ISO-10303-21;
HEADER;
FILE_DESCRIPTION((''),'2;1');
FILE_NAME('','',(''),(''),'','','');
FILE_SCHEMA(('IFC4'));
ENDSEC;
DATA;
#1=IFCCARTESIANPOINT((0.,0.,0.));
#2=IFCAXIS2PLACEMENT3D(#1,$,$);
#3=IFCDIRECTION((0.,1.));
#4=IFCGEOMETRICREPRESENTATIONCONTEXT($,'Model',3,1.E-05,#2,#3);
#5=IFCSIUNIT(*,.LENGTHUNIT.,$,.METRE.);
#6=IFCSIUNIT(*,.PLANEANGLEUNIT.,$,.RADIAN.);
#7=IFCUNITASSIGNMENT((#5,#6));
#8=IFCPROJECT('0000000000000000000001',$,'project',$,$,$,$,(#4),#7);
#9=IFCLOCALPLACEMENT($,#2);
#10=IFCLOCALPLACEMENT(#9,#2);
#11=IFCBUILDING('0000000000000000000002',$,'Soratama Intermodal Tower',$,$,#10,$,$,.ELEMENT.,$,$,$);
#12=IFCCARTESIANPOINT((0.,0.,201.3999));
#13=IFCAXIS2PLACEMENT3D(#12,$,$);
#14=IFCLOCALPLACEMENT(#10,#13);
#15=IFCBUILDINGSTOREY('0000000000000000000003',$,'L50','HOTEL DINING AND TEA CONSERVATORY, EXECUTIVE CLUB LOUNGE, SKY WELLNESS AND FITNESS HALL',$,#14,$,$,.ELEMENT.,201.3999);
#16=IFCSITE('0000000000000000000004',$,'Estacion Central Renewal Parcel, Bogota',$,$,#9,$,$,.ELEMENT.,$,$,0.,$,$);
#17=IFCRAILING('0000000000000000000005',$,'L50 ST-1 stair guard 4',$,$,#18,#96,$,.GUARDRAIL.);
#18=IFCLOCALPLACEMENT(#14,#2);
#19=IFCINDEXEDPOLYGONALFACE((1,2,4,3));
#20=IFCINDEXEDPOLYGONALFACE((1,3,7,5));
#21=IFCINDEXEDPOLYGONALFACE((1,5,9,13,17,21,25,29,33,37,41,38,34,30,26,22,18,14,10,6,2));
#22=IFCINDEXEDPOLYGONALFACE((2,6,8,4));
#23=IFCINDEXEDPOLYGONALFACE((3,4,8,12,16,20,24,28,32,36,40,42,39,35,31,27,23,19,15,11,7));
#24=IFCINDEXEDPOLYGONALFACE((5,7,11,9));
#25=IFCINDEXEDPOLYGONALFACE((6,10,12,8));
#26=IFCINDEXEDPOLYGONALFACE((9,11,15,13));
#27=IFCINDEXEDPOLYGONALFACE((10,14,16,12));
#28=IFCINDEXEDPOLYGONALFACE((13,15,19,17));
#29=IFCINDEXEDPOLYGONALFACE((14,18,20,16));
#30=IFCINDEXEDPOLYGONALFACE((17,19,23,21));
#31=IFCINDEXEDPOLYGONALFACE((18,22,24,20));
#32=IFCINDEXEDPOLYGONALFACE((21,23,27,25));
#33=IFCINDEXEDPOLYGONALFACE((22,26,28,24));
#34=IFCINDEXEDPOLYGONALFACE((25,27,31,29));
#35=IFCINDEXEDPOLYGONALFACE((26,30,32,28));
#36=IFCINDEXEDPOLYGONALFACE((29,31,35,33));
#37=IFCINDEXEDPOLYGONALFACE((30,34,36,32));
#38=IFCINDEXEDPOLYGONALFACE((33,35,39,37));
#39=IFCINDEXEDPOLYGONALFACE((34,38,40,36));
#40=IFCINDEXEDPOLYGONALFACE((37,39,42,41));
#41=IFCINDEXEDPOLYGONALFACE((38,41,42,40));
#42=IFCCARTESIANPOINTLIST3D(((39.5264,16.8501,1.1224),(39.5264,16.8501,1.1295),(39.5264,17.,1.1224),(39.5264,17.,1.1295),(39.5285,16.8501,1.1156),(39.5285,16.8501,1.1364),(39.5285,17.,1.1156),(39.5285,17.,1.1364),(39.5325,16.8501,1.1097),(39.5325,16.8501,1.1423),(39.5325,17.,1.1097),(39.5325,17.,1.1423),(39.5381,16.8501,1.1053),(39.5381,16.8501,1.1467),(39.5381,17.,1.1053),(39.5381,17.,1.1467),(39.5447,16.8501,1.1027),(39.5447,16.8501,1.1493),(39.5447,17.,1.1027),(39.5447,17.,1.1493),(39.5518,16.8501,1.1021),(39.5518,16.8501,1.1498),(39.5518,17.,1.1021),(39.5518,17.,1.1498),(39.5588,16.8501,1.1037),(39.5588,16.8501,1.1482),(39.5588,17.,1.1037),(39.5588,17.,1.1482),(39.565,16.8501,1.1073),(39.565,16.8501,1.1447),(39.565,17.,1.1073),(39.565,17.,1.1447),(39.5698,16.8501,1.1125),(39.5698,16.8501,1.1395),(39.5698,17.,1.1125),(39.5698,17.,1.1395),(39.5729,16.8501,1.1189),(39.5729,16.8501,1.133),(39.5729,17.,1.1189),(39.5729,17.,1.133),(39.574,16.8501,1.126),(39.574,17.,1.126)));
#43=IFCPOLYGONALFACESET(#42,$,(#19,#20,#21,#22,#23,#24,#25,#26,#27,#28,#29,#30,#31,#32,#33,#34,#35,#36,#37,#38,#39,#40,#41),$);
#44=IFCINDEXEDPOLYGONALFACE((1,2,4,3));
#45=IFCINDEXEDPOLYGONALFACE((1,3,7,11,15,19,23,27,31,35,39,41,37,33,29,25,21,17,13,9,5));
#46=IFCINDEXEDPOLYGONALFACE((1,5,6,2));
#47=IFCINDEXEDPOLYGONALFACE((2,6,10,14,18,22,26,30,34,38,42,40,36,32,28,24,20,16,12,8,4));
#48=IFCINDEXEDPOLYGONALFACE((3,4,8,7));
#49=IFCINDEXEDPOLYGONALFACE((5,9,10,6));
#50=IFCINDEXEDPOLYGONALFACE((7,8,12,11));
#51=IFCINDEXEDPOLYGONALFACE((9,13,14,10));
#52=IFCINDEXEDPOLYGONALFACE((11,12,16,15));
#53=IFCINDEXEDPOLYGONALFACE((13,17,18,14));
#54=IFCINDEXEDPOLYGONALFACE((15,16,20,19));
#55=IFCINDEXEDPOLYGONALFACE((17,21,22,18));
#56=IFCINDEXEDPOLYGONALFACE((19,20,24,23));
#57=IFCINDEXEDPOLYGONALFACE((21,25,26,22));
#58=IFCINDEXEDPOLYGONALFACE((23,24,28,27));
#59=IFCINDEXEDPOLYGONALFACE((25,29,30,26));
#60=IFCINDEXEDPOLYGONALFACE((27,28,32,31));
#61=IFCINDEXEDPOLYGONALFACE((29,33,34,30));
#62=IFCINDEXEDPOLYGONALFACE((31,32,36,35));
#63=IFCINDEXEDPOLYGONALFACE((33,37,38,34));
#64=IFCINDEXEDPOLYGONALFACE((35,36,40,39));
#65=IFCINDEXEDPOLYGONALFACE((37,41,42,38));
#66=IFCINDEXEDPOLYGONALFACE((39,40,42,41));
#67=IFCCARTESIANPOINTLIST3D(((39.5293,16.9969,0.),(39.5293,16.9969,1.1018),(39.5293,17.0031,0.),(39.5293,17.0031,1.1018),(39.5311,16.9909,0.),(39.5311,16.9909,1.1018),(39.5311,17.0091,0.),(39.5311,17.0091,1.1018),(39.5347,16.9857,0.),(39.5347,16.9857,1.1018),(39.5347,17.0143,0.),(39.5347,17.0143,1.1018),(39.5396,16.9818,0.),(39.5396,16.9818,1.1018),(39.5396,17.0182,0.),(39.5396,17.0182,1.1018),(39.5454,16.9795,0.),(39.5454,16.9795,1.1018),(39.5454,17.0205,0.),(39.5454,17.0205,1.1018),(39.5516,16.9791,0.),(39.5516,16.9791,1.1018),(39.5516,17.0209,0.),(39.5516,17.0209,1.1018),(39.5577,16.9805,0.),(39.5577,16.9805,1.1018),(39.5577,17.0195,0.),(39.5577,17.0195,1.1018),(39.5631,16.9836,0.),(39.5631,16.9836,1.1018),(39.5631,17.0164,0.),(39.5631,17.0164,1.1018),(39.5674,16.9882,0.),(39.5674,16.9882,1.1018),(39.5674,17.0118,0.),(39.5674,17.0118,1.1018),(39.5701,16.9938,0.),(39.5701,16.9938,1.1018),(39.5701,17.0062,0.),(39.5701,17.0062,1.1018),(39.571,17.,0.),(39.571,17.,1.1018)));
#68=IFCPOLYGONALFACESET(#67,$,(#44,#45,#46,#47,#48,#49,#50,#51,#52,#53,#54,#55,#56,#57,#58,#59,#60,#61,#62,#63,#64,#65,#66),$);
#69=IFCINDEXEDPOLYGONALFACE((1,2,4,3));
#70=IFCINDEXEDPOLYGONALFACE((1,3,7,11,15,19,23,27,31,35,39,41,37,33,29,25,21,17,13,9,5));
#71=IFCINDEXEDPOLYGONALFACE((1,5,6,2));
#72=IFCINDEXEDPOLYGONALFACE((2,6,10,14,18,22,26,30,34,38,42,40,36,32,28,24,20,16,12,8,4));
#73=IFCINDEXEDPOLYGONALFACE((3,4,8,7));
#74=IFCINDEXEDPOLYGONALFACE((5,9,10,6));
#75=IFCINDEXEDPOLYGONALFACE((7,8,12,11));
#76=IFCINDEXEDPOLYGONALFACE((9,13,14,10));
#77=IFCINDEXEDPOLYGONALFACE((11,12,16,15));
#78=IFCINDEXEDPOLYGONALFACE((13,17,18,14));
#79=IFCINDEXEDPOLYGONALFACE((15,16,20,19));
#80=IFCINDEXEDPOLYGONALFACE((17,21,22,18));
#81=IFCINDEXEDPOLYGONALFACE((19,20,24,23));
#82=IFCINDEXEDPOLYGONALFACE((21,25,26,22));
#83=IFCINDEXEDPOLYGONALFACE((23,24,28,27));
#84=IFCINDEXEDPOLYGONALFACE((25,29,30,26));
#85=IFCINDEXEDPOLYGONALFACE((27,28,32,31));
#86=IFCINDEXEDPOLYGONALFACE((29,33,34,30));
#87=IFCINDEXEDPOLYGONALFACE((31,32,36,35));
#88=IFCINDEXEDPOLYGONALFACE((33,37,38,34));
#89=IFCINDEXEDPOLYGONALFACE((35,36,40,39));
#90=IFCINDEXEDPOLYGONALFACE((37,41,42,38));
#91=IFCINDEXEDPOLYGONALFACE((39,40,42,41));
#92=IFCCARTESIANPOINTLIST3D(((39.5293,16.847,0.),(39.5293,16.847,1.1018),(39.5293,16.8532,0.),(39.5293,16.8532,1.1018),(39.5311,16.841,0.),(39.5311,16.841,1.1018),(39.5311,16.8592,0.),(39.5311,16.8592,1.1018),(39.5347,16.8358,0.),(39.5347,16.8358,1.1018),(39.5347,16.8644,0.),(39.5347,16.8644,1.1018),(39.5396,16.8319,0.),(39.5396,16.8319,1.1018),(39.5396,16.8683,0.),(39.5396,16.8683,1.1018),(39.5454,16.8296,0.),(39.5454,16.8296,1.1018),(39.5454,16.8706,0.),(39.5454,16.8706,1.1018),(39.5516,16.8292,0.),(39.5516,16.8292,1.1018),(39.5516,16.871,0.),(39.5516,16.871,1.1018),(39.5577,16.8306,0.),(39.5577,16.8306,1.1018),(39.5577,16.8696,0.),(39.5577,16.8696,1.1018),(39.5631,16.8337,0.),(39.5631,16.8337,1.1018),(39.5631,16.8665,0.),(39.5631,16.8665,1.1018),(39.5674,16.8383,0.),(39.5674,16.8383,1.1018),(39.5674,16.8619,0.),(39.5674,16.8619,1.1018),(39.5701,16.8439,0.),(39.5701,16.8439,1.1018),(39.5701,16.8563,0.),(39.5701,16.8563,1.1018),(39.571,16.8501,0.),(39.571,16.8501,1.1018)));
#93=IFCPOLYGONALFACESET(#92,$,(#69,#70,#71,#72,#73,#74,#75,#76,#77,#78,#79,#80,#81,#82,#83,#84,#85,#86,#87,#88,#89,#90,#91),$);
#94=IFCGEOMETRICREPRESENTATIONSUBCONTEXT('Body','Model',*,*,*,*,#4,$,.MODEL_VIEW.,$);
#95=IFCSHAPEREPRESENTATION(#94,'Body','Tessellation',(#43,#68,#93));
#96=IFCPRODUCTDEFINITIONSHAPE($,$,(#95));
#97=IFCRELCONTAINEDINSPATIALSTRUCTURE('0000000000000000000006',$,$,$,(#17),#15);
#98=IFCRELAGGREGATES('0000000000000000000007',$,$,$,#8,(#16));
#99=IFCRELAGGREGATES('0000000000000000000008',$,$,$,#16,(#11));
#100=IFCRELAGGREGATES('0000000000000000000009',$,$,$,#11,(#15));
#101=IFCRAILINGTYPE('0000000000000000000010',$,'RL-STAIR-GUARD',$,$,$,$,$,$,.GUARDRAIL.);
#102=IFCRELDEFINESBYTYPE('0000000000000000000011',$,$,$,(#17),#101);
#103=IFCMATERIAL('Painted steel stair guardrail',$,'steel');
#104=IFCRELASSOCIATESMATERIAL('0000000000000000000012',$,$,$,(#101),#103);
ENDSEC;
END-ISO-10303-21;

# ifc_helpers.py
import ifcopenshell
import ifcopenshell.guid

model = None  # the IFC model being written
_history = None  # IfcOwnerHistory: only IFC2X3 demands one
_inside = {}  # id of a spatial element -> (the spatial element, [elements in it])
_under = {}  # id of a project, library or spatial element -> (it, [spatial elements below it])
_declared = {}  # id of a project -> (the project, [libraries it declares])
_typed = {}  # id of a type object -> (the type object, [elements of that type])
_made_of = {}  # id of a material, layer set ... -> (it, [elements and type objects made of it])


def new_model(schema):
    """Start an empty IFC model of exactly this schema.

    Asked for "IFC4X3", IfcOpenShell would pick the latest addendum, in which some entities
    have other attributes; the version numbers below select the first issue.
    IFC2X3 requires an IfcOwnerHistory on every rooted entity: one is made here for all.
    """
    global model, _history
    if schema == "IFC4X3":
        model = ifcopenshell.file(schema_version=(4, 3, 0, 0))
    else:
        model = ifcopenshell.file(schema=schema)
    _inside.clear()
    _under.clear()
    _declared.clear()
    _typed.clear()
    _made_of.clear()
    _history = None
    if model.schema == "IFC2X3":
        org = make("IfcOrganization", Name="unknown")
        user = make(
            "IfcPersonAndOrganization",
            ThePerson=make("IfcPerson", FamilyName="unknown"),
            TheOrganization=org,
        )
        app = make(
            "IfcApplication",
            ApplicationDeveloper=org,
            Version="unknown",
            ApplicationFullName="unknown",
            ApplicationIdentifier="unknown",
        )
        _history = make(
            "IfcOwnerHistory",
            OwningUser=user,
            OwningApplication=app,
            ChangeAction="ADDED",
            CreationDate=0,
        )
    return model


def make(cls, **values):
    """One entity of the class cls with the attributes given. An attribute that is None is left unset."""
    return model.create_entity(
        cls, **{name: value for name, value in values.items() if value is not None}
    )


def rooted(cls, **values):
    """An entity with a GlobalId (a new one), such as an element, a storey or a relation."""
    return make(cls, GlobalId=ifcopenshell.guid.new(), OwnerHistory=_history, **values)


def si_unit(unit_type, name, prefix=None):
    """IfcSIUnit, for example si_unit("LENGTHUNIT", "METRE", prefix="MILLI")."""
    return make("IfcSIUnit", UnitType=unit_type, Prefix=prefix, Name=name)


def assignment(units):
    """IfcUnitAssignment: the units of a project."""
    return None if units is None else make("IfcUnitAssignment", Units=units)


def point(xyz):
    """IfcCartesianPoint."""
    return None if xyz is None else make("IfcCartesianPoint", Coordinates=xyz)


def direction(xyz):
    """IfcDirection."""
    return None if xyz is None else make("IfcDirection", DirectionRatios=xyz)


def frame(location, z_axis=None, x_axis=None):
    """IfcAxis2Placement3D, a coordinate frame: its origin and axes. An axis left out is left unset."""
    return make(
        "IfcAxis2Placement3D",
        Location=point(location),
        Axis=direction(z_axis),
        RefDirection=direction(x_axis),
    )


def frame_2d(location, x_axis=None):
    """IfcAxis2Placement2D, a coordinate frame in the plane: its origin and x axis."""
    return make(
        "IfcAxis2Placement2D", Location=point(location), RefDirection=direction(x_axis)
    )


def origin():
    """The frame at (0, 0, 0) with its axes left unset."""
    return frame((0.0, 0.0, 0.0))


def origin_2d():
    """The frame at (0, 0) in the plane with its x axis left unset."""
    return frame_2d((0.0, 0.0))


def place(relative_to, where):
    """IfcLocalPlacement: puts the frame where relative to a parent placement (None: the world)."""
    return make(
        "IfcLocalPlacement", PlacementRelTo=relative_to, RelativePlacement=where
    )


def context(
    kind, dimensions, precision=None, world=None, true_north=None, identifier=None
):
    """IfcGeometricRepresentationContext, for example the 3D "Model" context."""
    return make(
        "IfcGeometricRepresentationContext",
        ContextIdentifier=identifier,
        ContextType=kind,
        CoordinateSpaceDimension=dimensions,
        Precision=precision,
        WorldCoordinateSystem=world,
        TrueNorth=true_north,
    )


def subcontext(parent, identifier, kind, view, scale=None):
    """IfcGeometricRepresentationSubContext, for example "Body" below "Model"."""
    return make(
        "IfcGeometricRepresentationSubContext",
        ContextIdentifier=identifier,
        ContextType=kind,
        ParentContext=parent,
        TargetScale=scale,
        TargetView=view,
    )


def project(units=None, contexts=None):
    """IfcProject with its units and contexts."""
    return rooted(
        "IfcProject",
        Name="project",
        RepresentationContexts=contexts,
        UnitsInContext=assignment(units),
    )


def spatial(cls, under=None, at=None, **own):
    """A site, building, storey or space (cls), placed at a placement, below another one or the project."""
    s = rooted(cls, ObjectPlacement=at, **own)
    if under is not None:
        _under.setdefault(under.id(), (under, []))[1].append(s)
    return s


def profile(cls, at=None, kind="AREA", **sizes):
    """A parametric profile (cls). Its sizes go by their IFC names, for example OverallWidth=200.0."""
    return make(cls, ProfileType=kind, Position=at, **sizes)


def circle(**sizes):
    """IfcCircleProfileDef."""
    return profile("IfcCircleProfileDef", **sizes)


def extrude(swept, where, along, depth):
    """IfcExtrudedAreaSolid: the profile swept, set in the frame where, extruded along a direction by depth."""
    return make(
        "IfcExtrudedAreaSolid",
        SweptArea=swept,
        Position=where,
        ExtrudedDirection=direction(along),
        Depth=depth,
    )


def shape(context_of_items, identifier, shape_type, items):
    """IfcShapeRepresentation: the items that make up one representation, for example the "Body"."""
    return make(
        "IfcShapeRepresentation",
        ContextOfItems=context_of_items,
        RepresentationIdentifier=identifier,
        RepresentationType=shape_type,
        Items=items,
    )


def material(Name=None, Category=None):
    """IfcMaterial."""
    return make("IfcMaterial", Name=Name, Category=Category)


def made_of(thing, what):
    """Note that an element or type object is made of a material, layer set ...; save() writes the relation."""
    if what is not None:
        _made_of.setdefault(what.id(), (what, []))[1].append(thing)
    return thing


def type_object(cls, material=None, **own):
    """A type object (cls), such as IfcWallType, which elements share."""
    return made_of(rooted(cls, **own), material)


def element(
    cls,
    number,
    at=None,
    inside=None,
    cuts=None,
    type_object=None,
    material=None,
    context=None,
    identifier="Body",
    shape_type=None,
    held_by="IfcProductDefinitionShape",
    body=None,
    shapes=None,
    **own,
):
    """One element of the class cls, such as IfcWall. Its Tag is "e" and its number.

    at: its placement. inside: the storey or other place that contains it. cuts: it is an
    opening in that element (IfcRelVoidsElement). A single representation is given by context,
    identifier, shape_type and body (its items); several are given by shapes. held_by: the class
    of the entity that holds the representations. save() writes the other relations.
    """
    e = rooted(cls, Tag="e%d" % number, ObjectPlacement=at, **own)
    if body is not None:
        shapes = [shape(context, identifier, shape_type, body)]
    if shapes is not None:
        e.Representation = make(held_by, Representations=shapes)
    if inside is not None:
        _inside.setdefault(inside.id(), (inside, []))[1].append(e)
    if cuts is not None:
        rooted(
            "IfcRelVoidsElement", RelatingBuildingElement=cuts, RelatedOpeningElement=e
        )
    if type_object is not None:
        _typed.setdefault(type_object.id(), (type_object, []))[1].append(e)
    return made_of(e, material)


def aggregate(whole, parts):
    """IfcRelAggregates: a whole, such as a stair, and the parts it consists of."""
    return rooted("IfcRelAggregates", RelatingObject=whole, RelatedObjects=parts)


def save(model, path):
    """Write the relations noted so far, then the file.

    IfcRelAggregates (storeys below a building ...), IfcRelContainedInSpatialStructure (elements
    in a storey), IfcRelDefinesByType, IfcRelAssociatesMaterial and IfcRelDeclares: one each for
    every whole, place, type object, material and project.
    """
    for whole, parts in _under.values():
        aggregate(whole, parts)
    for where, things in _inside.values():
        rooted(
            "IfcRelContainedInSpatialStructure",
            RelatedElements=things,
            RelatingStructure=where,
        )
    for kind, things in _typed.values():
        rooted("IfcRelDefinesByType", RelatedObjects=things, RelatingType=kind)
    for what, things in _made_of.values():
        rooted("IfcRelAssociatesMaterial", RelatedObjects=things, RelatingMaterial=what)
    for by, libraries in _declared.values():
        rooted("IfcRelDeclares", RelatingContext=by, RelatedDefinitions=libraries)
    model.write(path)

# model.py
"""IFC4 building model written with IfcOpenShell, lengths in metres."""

from ifc_helpers import new_model, si_unit, direction, frame, origin, origin_2d, place, context, subcontext, project, spatial, circle, extrude, material, type_object, element, save


model = new_model("IFC4")

# Units and contexts
model_context = context("Model", 3, precision=1e-05, world=origin(), true_north=direction((0.0, 1.0)))
body_context = subcontext(model_context, "Body", "Model", "MODEL_VIEW")
ifc_project = project(units=[si_unit("LENGTHUNIT", "METRE"), si_unit("PLANEANGLEUNIT", "RADIAN")], contexts=[model_context])

# Site, building, storey
site_placement = place(None, origin())
site = spatial("IfcSite", under=ifc_project, at=site_placement, Name="Estacion Central Renewal Parcel, Bogota", CompositionType="ELEMENT", RefElevation=0.0)
building_placement = place(site_placement, origin())
building = spatial("IfcBuilding", under=site, at=building_placement, Name="Soratama Intermodal Tower", CompositionType="ELEMENT")
storey_placement = place(building_placement, frame((0.0, 0.0, 201.3999)))
storey = spatial("IfcBuildingStorey", under=building, at=storey_placement, Name="L50", Description="HOTEL DINING AND TEA CONSERVATORY, EXECUTIVE CLUB LOUNGE, SKY WELLNESS AND FITNESS HALL", CompositionType="ELEMENT", Elevation=201.3999)

# Railing
ifc_material_1 = material(Name="Painted steel stair guardrail", Category="steel")
railing_type = type_object("IfcRailingType", Name="RL-STAIR-GUARD", PredefinedType="GUARDRAIL", material=ifc_material_1)
railing_placement = place(storey_placement, frame((39.55, 17.0, 0.0)))
element("IfcRailing", 1, at=railing_placement, inside=storey, type_object=railing_type, Name="L50 ST-1 stair guard 4", PredefinedType="GUARDRAIL", context=body_context, shape_type="SweptSolid", body=[
    extrude(circle(Radius=0.0239, at=origin_2d()), frame((0.0, 0.0, 1.126), z_axis=(0.0, -1.0, 0.0), x_axis=(1.0, 0.0, 0.0)), (0.0, 0.0, 1.0), 0.1499),
    extrude(circle(Radius=0.021, at=origin_2d()), origin(), (0.0, 0.0, 1.0), 1.1018),
    extrude(circle(Radius=0.021, at=origin_2d()), frame((0.0, -0.1499, 0.0)), (0.0, 0.0, 1.0), 1.1018),
])

save(model, "model.ifc")
